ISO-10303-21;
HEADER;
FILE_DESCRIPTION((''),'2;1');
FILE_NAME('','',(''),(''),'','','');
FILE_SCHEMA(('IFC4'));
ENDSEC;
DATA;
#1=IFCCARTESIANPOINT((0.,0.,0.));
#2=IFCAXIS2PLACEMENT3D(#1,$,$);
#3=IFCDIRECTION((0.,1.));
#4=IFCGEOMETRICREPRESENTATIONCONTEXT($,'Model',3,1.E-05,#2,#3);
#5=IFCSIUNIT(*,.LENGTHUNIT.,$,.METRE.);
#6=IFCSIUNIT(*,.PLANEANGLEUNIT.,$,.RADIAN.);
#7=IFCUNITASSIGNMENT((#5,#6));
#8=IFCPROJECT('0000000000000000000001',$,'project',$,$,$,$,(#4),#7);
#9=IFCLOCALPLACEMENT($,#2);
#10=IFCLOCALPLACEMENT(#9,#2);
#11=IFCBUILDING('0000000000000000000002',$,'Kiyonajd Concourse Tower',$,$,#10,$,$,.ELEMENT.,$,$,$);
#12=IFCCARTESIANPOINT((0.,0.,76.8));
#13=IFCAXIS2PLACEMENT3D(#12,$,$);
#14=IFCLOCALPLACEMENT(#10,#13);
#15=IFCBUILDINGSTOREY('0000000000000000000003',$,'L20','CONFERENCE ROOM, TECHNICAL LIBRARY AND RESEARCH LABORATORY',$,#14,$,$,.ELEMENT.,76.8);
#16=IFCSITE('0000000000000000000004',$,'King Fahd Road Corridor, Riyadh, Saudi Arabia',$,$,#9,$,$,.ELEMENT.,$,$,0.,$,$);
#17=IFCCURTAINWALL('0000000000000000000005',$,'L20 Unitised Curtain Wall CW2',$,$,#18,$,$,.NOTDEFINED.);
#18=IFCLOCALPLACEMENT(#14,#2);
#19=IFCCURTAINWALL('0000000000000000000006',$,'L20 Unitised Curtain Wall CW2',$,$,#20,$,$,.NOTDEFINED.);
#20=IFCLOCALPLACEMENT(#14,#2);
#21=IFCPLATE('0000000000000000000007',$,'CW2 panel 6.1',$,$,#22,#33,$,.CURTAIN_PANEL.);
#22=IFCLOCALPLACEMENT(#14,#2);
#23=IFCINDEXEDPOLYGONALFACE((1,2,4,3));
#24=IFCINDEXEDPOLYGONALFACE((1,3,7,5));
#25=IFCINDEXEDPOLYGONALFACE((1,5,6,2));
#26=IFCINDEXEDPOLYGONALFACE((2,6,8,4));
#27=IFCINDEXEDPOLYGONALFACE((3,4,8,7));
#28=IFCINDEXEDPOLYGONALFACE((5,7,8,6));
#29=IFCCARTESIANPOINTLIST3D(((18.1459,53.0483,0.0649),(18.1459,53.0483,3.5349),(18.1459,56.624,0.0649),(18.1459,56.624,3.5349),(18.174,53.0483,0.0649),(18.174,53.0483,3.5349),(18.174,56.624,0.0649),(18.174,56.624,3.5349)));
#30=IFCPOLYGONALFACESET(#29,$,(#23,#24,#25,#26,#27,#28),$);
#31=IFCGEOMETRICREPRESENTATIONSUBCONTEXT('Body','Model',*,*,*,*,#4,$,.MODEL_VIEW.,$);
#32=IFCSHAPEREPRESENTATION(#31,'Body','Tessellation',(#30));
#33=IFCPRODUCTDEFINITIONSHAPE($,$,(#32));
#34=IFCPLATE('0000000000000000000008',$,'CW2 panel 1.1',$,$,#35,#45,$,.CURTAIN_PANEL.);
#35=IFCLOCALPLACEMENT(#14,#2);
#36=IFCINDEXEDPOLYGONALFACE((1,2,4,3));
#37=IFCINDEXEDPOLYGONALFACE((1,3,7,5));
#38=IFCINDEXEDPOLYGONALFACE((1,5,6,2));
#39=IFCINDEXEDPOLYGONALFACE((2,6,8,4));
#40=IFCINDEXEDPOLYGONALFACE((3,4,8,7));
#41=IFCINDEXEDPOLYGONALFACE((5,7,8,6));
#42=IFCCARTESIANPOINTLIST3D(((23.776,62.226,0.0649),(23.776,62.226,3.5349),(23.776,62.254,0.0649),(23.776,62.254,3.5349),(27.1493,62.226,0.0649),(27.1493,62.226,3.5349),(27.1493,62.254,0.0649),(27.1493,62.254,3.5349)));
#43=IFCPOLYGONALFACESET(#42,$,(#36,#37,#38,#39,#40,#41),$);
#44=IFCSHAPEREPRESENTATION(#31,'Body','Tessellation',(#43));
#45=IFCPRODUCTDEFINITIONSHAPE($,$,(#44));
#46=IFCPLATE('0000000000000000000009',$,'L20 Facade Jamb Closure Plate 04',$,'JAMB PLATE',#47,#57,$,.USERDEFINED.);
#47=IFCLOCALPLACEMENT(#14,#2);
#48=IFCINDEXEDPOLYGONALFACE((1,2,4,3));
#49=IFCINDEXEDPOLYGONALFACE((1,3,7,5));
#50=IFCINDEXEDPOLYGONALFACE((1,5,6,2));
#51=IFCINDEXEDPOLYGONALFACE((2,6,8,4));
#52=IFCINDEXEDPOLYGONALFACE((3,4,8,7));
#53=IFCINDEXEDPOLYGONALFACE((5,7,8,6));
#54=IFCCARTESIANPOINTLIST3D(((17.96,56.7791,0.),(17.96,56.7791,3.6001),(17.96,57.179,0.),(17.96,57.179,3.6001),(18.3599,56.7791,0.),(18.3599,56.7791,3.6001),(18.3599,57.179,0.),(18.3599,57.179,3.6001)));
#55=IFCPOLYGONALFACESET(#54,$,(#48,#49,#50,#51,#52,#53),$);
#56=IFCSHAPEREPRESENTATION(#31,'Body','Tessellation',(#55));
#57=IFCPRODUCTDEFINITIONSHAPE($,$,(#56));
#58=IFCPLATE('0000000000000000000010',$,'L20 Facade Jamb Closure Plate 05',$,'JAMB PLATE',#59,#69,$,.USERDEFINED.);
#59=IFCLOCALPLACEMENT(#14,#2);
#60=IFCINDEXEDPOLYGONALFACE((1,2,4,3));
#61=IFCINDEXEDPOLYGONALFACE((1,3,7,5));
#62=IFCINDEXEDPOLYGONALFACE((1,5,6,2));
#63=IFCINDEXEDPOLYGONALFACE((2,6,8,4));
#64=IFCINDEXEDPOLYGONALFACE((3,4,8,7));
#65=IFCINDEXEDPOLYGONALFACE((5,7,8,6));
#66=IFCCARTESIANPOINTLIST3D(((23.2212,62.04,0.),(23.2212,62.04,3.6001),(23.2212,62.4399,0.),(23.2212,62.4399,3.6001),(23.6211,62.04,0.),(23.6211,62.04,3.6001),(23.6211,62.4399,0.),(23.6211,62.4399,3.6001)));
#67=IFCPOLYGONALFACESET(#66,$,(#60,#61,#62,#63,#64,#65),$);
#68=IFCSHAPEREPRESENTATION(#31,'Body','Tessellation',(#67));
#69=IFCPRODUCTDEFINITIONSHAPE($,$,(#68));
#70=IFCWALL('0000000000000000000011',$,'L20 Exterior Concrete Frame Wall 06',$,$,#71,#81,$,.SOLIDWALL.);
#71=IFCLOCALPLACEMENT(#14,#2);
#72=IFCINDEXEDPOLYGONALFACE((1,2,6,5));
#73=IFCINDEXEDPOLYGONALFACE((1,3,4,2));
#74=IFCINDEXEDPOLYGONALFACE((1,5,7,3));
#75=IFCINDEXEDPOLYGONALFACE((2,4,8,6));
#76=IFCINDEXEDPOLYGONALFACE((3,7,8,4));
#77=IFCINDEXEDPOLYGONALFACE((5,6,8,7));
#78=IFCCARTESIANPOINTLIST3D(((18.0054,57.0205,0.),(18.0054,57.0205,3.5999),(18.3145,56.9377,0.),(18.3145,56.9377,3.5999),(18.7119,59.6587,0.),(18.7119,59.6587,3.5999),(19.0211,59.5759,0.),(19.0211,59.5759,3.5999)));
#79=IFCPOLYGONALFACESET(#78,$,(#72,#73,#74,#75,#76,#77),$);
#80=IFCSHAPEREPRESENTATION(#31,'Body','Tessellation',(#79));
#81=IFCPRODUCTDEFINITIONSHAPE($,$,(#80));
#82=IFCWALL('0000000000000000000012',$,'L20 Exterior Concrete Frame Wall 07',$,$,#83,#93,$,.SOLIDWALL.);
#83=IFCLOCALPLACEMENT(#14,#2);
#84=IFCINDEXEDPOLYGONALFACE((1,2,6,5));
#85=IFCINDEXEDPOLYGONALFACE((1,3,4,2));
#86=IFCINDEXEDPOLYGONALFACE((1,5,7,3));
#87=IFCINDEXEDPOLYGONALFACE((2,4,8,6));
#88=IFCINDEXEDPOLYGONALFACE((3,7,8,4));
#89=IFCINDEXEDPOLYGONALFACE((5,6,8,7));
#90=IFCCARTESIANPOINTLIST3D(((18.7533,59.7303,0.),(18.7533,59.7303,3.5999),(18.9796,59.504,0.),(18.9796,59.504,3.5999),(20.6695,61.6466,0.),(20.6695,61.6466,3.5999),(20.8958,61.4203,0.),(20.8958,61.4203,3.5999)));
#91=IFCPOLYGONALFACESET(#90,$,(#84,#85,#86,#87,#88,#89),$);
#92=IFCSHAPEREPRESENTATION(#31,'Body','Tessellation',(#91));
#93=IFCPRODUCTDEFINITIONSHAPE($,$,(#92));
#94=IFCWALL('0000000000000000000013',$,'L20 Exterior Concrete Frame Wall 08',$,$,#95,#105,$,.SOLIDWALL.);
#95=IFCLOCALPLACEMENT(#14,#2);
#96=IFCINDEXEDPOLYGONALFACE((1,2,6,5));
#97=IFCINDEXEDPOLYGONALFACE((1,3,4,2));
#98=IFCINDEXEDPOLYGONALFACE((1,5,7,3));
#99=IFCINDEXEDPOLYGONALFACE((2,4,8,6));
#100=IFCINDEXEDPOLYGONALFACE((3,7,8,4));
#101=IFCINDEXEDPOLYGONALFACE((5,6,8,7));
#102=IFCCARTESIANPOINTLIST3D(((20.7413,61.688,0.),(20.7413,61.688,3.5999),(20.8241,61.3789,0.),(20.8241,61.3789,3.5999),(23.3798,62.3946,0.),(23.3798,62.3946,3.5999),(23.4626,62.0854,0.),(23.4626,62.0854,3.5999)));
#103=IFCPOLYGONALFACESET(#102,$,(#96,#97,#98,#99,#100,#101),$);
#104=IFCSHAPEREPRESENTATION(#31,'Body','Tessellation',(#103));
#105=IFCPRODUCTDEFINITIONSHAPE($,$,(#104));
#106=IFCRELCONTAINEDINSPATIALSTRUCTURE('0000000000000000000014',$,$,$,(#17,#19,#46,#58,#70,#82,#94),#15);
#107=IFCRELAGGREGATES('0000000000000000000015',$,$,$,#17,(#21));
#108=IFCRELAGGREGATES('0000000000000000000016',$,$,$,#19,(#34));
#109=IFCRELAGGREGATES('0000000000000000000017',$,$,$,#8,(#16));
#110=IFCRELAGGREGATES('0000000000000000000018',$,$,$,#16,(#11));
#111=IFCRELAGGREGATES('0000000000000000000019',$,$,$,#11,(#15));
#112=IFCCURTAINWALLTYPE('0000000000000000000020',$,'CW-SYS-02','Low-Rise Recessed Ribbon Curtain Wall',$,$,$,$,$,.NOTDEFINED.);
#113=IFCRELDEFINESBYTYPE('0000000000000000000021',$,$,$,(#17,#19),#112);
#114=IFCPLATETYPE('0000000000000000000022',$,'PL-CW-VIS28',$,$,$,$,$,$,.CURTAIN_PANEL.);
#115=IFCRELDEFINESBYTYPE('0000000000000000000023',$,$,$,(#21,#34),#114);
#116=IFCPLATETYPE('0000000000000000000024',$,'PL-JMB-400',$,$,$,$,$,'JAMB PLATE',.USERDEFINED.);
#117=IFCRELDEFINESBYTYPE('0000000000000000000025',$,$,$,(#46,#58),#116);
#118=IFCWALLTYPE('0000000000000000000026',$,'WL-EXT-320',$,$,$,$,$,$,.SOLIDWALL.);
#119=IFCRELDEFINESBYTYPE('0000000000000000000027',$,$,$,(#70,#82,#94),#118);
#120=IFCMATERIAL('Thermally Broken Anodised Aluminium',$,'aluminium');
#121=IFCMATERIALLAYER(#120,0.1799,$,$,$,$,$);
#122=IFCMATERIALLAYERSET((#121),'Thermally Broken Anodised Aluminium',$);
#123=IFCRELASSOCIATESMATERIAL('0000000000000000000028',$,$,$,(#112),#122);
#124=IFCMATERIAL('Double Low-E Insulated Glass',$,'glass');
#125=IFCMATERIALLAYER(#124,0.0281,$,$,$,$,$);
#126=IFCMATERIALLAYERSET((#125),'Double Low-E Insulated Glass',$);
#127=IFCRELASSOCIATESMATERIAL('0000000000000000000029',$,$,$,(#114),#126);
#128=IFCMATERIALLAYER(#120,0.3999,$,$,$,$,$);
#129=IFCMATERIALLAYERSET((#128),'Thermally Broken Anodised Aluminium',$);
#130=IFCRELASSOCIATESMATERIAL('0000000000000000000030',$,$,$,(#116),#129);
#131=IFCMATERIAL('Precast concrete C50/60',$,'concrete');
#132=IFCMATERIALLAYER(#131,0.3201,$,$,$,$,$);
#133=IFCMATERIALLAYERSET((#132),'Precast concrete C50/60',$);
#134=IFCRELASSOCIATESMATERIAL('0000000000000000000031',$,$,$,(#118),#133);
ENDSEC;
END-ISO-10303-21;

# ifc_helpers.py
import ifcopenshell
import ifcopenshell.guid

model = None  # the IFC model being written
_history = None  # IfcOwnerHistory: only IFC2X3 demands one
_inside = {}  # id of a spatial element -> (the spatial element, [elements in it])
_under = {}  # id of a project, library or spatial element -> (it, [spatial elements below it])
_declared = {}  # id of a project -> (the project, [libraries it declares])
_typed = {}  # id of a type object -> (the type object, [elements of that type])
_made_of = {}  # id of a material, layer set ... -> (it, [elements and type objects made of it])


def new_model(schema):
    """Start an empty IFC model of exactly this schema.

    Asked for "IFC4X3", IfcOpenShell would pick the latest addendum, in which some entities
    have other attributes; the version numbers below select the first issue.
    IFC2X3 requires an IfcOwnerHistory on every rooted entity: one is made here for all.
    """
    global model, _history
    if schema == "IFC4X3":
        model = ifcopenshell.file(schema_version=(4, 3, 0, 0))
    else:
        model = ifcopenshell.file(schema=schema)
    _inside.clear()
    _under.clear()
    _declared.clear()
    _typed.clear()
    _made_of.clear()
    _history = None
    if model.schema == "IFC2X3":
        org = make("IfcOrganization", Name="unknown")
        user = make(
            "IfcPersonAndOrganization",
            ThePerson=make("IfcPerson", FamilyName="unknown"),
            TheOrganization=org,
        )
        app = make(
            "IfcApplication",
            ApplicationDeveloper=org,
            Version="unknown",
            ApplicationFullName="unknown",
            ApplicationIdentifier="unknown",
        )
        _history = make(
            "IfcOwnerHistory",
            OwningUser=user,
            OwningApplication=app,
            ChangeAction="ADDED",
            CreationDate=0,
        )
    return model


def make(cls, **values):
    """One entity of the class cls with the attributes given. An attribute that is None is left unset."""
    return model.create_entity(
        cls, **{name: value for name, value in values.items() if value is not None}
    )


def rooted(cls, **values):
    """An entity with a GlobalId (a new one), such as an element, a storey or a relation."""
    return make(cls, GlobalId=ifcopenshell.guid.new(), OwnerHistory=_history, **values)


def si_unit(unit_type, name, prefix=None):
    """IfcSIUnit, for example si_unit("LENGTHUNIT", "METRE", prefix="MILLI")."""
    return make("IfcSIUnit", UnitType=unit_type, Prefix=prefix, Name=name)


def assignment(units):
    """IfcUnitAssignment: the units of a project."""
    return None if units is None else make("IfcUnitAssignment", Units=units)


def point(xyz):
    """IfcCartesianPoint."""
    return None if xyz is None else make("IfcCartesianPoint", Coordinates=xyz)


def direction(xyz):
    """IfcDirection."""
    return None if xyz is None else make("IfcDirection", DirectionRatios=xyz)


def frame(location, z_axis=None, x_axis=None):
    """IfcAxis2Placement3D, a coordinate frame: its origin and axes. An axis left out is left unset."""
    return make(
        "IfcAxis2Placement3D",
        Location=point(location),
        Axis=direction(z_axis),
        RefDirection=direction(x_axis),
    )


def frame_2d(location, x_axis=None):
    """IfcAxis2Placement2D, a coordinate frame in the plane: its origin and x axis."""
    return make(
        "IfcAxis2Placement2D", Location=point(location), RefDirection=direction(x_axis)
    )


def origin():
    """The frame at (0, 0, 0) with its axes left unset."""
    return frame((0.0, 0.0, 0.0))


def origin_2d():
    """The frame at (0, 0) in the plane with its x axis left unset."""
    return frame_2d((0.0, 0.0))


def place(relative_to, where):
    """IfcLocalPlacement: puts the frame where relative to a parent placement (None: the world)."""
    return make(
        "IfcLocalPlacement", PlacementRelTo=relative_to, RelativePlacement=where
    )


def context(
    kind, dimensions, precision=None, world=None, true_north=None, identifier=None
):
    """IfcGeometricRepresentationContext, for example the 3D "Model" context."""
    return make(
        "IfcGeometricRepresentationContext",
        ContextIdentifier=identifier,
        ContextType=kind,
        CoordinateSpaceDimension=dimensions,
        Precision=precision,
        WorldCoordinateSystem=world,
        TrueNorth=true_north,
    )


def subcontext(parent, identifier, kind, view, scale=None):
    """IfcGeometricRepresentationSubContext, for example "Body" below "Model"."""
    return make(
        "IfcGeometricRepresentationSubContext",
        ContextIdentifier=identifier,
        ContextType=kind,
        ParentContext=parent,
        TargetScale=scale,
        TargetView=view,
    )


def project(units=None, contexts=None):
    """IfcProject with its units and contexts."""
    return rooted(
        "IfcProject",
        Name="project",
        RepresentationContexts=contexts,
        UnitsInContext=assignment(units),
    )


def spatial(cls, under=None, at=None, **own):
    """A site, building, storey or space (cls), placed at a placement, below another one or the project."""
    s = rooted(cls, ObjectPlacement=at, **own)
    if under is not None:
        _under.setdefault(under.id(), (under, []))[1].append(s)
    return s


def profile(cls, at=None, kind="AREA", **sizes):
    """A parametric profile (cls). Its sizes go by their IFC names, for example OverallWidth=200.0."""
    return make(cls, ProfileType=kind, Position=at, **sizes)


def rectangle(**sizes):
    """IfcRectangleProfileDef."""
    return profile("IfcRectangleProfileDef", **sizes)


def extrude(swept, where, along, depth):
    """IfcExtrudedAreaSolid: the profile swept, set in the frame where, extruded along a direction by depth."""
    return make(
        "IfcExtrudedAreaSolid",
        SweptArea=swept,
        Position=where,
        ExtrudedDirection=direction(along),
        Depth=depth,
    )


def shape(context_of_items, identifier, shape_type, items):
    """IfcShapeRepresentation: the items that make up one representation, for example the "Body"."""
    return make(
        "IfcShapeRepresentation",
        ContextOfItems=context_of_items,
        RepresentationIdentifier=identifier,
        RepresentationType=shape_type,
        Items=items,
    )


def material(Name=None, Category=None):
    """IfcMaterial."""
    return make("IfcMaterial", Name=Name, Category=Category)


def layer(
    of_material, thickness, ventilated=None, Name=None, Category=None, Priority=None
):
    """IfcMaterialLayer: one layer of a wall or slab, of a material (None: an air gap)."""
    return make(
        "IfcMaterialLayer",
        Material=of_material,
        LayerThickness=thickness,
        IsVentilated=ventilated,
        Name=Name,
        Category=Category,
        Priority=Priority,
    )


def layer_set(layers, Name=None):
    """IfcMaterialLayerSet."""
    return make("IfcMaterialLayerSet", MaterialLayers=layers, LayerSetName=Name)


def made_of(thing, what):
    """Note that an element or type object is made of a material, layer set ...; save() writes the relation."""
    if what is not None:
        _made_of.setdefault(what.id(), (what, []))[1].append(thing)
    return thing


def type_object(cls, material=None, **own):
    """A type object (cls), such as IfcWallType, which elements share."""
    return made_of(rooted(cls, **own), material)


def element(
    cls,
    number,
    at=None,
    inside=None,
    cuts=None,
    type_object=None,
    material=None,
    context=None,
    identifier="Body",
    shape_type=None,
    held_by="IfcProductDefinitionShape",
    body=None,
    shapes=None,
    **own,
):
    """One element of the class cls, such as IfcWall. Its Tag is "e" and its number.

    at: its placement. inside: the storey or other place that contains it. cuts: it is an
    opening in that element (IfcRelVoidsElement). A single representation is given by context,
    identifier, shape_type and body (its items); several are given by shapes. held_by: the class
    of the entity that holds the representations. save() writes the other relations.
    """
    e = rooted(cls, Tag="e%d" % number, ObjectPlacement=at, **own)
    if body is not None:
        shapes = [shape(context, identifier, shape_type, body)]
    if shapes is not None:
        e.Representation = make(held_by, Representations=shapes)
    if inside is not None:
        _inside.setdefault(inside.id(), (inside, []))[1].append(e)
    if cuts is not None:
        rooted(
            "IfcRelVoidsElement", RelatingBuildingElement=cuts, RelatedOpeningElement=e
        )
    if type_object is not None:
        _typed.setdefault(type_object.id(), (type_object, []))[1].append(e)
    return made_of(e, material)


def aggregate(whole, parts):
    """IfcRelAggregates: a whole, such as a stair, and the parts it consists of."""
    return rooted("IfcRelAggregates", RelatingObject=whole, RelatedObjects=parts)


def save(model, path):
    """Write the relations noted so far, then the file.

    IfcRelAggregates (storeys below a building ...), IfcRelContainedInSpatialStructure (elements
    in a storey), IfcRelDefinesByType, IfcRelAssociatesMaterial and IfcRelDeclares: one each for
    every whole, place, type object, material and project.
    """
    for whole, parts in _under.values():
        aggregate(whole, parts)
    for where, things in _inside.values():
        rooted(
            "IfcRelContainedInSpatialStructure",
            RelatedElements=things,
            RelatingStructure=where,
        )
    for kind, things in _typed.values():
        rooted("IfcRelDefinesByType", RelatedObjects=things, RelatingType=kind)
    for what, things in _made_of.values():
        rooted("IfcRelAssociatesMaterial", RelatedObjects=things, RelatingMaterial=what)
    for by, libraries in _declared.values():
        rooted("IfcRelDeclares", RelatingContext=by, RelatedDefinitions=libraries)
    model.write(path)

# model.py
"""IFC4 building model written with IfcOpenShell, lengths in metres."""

from ifc_helpers import new_model, si_unit, direction, frame, frame_2d, origin, origin_2d, place, context, subcontext, project, spatial, rectangle, extrude, material, layer, layer_set, type_object, element, aggregate, save


model = new_model("IFC4")

# Units and contexts
model_context = context("Model", 3, precision=1e-05, world=origin(), true_north=direction((0.0, 1.0)))
body_context = subcontext(model_context, "Body", "Model", "MODEL_VIEW")
ifc_project = project(units=[si_unit("LENGTHUNIT", "METRE"), si_unit("PLANEANGLEUNIT", "RADIAN")], contexts=[model_context])

# Site, building, storey
site_placement = place(None, origin())
site = spatial("IfcSite", under=ifc_project, at=site_placement, Name="King Fahd Road Corridor, Riyadh, Saudi Arabia", CompositionType="ELEMENT", RefElevation=0.0)
building_placement = place(site_placement, origin())
building = spatial("IfcBuilding", under=site, at=building_placement, Name="Kiyonajd Concourse Tower", CompositionType="ELEMENT")
storey_placement = place(building_placement, frame((0.0, 0.0, 76.8)))
storey = spatial("IfcBuildingStorey", under=building, at=storey_placement, Name="L20", Description="CONFERENCE ROOM, TECHNICAL LIBRARY AND RESEARCH LABORATORY", CompositionType="ELEMENT", Elevation=76.8)

# Curtain walls
ifc_material_1 = material(Name="Thermally Broken Anodised Aluminium", Category="aluminium")
ifc_layer_1 = layer(ifc_material_1, 0.1799)
ifc_layer_set_1 = layer_set([ifc_layer_1], Name="Thermally Broken Anodised Aluminium")
curtain_wall_type = type_object("IfcCurtainWallType", Name="CW-SYS-02", Description="Low-Rise Recessed Ribbon Curtain Wall", PredefinedType="NOTDEFINED", material=ifc_layer_set_1)
curtain_wall_1_placement = place(storey_placement, origin())
curtain_wall_1 = element("IfcCurtainWall", 1, at=curtain_wall_1_placement, inside=storey, type_object=curtain_wall_type, Name="L20 Unitised Curtain Wall CW2", PredefinedType="NOTDEFINED")
curtain_wall_2_placement = place(storey_placement, origin())
curtain_wall_2 = element("IfcCurtainWall", 2, at=curtain_wall_2_placement, inside=storey, type_object=curtain_wall_type, Name="L20 Unitised Curtain Wall CW2", PredefinedType="NOTDEFINED")

# Plates
ifc_material_2 = material(Name="Double Low-E Insulated Glass", Category="glass")
ifc_layer_2 = layer(ifc_material_2, 0.0281)
ifc_layer_set_2 = layer_set([ifc_layer_2], Name="Double Low-E Insulated Glass")
plate_type_1 = type_object("IfcPlateType", Name="PL-CW-VIS28", PredefinedType="CURTAIN_PANEL", material=ifc_layer_set_2)
plate_1_placement = place(storey_placement, frame((18.1599, 54.8362, 0.0649), z_axis=(0.0, 0.0, 1.0), x_axis=(0.0, 1.0, 0.0)))
plate_1 = element("IfcPlate", 3, at=plate_1_placement, type_object=plate_type_1, Name="CW2 panel 6.1", PredefinedType="CURTAIN_PANEL", context=body_context, shape_type="SweptSolid", body=[
    extrude(rectangle(XDim=3.5757, YDim=0.0281, at=origin_2d()), origin(), (0.0, 0.0, 1.0), 3.47),
])
aggregate(curtain_wall_1, [plate_1])
plate_2_placement = place(storey_placement, frame((25.4626, 62.24, 0.0649), z_axis=(0.0, 0.0, 1.0), x_axis=(1.0, 0.0, 0.0)))
plate_2 = element("IfcPlate", 4, at=plate_2_placement, type_object=plate_type_1, Name="CW2 panel 1.1", PredefinedType="CURTAIN_PANEL", context=body_context, shape_type="SweptSolid", body=[
    extrude(rectangle(XDim=3.3733, YDim=0.0281, at=origin_2d()), origin(), (0.0, 0.0, 1.0), 3.47),
])
aggregate(curtain_wall_2, [plate_2])

# Plates
ifc_layer_3 = layer(ifc_material_1, 0.3999)
ifc_layer_set_3 = layer_set([ifc_layer_3], Name="Thermally Broken Anodised Aluminium")
plate_type_2 = type_object("IfcPlateType", Name="PL-JMB-400", ElementType="JAMB PLATE", PredefinedType="USERDEFINED", material=ifc_layer_set_3)
for number, where, z_axis, x_axis, name in (
    (5, (18.1599, 56.979, 0.0), (0.0, 0.0, 1.0), (1.0, 0.0, 0.0), "L20 Facade Jamb Closure Plate 04"),
    (6, (23.4211, 62.24, 0.0), (0.0, 0.0, 1.0), (1.0, 0.0, 0.0), "L20 Facade Jamb Closure Plate 05"),
):
    element("IfcPlate", number, at=place(storey_placement, frame(where, z_axis=z_axis, x_axis=x_axis)), inside=storey, type_object=plate_type_2, Name=name, ObjectType="JAMB PLATE", PredefinedType="USERDEFINED", context=body_context, shape_type="SweptSolid", body=[
        extrude(rectangle(XDim=0.3999, YDim=0.3999, at=origin_2d()), origin(), (0.0, 0.0, 1.0), 3.6001),
    ])

# Walls
ifc_material_3 = material(Name="Precast concrete C50/60", Category="concrete")
ifc_layer_4 = layer(ifc_material_3, 0.3201)
ifc_layer_set_4 = layer_set([ifc_layer_4], Name="Precast concrete C50/60")
wall_type = type_object("IfcWallType", Name="WL-EXT-320", PredefinedType="SOLIDWALL", material=ifc_layer_set_4)
wall_1_placement = place(storey_placement, frame((18.1599, 56.979, 0.0), z_axis=(0.0, 0.0, 1.0), x_axis=(0.258697, 0.965958, 0.0)))
element("IfcWall", 7, at=wall_1_placement, inside=storey, type_object=wall_type, Name="L20 Exterior Concrete Frame Wall 06", PredefinedType="SOLIDWALL", context=body_context, shape_type="SweptSolid", body=[
    extrude(rectangle(XDim=2.7312, YDim=0.3201, at=frame_2d((1.3657, 0.0))), origin(), (0.0, 0.0, 1.0), 3.5999),
])
wall_2_placement = place(storey_placement, frame((18.8665, 59.6172, 0.0), z_axis=(0.0, 0.0, 1.0), x_axis=(0.707107, 0.707107, 0.0)))
element("IfcWall", 8, at=wall_2_placement, inside=storey, type_object=wall_type, Name="L20 Exterior Concrete Frame Wall 07", PredefinedType="SOLIDWALL", context=body_context, shape_type="SweptSolid", body=[
    extrude(rectangle(XDim=2.71, YDim=0.3201, at=frame_2d((1.355, 0.0))), origin(), (0.0, 0.0, 1.0), 3.5999),
])
wall_3_placement = place(storey_placement, frame((20.7827, 61.5334, 0.0), z_axis=(0.0, 0.0, 1.0), x_axis=(0.965964, 0.258675, 0.0)))
element("IfcWall", 9, at=wall_3_placement, inside=storey, type_object=wall_type, Name="L20 Exterior Concrete Frame Wall 08", PredefinedType="SOLIDWALL", context=body_context, shape_type="SweptSolid", body=[
    extrude(rectangle(XDim=2.7314, YDim=0.3201, at=frame_2d((1.3657, 0.0))), origin(), (0.0, 0.0, 1.0), 3.5999),
])

save(model, "model.ifc")
